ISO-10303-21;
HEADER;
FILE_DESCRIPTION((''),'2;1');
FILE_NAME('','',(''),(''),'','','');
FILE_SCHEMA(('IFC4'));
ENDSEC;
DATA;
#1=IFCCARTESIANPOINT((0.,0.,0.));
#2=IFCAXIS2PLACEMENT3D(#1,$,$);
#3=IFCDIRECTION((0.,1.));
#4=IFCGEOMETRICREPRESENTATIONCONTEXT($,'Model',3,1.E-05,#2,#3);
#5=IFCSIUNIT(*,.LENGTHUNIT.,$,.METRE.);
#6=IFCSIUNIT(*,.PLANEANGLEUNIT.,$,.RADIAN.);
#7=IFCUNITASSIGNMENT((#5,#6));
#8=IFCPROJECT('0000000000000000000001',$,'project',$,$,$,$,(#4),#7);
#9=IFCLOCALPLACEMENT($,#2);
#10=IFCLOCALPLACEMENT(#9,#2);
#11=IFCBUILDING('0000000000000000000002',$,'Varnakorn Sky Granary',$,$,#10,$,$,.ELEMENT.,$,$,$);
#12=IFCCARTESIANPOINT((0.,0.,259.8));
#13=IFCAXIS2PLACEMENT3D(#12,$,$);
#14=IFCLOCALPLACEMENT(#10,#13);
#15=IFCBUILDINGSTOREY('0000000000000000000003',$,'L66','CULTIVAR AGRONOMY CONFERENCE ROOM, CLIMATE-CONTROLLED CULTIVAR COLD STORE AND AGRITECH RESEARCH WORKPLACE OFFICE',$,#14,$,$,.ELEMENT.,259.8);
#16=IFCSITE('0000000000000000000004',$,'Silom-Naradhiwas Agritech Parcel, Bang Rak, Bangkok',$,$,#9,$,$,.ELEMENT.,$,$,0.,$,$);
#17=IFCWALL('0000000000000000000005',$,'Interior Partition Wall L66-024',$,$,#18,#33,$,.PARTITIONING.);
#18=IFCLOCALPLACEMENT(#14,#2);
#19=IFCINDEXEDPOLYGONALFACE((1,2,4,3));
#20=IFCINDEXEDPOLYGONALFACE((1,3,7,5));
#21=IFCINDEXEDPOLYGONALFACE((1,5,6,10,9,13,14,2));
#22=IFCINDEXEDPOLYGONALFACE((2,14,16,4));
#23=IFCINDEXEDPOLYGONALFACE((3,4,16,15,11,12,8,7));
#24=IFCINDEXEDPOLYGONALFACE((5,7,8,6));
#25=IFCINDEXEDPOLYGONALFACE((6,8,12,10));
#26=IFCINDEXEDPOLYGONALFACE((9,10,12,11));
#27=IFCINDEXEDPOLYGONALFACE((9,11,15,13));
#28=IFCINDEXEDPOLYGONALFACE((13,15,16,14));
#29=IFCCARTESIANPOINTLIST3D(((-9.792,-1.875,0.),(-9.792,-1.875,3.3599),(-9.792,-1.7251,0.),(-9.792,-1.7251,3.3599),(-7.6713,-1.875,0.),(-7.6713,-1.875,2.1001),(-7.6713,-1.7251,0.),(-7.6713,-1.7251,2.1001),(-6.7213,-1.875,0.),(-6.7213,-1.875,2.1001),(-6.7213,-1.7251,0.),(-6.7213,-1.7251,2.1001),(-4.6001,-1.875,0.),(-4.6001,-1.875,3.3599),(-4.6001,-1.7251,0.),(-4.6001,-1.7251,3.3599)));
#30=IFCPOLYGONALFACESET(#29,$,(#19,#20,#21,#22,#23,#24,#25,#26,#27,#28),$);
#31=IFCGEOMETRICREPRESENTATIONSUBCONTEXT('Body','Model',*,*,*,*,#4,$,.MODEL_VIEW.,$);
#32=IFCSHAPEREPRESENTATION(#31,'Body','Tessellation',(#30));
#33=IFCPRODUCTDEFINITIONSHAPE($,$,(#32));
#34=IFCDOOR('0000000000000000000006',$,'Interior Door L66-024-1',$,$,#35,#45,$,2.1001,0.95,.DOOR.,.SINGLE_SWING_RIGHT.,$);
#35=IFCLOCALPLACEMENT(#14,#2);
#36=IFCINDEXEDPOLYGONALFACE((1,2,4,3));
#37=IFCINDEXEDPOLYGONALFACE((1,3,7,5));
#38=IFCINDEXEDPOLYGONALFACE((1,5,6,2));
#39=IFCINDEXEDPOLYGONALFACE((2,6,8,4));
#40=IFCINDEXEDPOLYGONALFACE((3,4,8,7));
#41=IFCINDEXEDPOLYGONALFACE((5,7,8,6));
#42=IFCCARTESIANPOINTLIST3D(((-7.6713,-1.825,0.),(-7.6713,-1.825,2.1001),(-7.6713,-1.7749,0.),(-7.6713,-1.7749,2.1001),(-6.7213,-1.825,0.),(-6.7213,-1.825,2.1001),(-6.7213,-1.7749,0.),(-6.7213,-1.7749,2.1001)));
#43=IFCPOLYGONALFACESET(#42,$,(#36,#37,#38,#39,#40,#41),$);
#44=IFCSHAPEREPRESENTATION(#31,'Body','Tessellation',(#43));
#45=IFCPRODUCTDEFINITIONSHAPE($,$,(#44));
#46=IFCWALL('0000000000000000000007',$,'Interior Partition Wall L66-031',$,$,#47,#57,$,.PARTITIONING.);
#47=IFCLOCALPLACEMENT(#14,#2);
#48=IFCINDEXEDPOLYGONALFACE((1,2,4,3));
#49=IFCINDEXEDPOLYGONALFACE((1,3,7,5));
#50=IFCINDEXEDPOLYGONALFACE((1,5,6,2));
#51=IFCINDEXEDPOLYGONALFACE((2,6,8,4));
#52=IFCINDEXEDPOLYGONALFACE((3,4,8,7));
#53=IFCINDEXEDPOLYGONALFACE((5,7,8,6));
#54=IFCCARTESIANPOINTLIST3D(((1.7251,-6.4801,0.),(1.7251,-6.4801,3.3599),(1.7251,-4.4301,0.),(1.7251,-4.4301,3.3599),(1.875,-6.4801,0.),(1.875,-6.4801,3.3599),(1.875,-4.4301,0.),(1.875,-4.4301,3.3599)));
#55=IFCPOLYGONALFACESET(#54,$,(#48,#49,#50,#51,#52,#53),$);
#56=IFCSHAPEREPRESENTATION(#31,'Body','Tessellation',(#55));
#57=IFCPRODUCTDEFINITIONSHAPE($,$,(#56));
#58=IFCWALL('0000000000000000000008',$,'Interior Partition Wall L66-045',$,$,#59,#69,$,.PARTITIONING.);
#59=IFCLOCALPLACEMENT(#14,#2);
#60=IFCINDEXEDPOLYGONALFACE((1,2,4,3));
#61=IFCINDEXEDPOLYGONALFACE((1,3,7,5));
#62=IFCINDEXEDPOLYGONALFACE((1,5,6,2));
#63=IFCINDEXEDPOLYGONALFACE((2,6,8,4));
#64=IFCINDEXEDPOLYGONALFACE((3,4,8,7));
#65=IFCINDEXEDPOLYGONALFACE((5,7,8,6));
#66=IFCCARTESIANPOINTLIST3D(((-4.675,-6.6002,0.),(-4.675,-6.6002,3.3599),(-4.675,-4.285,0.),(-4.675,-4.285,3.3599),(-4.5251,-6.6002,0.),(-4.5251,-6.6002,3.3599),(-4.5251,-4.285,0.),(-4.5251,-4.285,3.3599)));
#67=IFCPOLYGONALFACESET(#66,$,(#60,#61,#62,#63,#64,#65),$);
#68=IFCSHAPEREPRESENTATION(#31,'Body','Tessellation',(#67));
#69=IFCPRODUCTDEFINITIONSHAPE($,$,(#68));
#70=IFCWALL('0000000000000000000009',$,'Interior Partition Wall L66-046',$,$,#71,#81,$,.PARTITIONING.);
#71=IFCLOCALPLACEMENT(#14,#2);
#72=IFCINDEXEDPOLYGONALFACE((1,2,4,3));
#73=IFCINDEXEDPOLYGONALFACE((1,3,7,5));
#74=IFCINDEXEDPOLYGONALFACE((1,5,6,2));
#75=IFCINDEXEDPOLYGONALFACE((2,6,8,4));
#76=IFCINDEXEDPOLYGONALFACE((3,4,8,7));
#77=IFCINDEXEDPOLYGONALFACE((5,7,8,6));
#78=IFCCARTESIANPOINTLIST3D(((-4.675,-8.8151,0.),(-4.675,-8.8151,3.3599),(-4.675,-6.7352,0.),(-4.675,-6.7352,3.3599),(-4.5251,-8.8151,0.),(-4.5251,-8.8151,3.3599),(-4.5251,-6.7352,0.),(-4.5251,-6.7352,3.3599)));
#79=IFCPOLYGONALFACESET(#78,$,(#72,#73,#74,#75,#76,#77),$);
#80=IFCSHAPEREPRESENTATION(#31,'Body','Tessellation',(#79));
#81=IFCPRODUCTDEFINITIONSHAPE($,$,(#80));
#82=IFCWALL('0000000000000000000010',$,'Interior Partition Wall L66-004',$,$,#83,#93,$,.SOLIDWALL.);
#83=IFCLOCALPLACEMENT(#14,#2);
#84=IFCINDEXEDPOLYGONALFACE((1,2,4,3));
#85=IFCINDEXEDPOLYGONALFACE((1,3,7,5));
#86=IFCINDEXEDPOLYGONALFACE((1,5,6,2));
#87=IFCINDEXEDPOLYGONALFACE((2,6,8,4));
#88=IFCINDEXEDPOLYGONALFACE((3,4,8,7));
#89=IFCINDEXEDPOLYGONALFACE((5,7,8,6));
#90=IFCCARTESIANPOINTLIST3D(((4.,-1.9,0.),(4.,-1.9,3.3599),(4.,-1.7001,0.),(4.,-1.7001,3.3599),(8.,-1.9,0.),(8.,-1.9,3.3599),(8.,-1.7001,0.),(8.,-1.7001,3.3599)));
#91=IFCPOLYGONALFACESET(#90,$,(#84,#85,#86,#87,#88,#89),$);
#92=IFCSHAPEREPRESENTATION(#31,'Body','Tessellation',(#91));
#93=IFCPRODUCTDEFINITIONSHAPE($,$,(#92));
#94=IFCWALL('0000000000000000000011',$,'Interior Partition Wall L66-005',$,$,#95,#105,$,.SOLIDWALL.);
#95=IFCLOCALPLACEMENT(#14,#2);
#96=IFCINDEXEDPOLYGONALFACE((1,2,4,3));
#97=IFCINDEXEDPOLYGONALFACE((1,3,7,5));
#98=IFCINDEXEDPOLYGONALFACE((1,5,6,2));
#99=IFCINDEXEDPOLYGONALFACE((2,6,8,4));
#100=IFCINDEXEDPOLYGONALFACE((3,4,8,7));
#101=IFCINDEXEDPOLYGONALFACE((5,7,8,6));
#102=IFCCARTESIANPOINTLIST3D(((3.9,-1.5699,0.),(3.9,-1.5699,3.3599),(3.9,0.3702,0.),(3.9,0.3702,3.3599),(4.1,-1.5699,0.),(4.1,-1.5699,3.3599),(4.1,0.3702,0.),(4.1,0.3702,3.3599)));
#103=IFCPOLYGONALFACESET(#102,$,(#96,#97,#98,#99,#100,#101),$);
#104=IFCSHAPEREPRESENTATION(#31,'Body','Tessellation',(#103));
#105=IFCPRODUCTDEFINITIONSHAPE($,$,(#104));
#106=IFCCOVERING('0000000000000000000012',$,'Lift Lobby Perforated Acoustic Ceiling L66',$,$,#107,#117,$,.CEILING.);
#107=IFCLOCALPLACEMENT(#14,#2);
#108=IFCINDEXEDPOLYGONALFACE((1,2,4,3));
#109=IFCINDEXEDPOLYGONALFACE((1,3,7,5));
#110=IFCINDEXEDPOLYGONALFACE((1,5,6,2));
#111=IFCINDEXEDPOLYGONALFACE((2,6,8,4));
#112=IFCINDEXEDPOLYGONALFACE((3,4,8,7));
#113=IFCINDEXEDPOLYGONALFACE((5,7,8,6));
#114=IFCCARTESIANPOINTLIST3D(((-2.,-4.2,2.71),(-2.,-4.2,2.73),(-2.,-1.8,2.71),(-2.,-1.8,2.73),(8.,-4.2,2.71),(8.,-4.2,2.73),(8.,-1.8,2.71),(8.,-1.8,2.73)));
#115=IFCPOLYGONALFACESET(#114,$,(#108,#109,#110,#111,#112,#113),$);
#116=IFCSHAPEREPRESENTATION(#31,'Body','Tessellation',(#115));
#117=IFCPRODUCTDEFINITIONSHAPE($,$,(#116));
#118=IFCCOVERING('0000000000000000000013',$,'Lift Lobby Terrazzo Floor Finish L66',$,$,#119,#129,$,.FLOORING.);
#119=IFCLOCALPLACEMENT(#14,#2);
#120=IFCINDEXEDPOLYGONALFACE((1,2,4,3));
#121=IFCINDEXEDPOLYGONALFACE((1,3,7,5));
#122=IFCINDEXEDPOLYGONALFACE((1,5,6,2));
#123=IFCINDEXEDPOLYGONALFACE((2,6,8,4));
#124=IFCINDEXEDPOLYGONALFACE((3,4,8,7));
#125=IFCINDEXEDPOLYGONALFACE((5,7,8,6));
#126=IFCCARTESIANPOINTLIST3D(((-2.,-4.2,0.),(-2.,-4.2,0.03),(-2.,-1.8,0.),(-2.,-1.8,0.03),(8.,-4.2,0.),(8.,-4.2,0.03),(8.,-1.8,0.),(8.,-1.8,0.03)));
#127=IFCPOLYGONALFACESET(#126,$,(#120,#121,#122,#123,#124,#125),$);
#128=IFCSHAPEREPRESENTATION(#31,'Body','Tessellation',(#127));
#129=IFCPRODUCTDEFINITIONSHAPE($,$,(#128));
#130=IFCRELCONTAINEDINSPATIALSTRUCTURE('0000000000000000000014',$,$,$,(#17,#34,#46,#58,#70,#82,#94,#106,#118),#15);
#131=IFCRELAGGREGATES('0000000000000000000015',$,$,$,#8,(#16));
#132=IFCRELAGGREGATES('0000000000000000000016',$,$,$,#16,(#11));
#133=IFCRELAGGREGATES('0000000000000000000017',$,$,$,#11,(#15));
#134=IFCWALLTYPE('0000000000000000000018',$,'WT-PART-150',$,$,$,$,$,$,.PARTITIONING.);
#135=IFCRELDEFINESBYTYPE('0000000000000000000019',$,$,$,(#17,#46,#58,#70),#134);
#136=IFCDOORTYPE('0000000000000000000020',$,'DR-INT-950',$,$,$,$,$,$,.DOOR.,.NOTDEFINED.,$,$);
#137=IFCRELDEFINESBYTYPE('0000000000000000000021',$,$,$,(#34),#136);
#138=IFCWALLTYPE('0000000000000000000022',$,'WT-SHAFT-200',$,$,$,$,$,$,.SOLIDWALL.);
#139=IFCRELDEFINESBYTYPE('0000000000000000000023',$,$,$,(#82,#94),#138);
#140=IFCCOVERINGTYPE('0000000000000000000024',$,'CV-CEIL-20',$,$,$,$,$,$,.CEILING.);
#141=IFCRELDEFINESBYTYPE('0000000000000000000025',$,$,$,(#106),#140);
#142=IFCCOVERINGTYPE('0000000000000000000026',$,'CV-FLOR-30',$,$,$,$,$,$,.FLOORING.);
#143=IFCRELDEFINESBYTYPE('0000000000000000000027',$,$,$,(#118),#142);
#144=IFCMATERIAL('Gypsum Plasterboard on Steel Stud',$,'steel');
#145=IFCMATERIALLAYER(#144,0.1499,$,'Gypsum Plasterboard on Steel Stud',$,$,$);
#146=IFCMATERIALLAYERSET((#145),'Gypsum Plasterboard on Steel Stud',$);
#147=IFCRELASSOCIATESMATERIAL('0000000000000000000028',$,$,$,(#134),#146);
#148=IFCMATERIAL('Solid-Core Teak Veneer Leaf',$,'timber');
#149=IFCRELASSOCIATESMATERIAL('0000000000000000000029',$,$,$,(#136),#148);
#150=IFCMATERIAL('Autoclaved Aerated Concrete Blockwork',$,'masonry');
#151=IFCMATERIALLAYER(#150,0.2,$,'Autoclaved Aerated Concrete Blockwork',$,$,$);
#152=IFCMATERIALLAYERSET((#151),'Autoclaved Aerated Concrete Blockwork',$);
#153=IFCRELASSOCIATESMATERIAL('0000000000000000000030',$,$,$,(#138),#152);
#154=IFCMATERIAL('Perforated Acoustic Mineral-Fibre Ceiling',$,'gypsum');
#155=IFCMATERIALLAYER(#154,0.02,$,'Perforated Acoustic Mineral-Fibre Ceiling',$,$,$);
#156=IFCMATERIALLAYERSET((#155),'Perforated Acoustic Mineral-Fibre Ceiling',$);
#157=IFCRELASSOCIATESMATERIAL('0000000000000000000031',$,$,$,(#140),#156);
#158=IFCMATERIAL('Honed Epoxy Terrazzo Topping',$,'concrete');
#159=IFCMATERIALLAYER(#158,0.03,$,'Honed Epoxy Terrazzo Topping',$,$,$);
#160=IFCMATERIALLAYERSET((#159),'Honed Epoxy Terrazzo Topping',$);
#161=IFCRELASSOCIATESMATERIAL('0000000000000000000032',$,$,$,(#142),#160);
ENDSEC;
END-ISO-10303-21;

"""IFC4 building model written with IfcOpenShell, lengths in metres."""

from ifc_helpers import new_model, si_unit, direction, frame, frame_2d, origin, place, context, subcontext, project, spatial, polyline, rectangle, outline, extrude, material, layer, layer_set, type_object, element, fill, save


model = new_model("IFC4")

# Units and contexts
model_context = context("Model", 3, precision=1e-05, world=origin(), true_north=direction((0.0, 1.0)))
body_context = subcontext(model_context, "Body", "Model", "MODEL_VIEW")
ifc_project = project(units=[si_unit("LENGTHUNIT", "METRE"), si_unit("PLANEANGLEUNIT", "RADIAN")], contexts=[model_context])

# Site, building, storey
site_placement = place(None, origin())
site = spatial("IfcSite", under=ifc_project, at=site_placement, Name="Silom-Naradhiwas Agritech Parcel, Bang Rak, Bangkok", CompositionType="ELEMENT", RefElevation=0.0)
building_placement = place(site_placement, origin())
building = spatial("IfcBuilding", under=site, at=building_placement, Name="Varnakorn Sky Granary", CompositionType="ELEMENT")
storey_placement = place(building_placement, frame((0.0, 0.0, 259.8)))
storey = spatial("IfcBuildingStorey", under=building, at=storey_placement, Name="L66", Description="CULTIVAR AGRONOMY CONFERENCE ROOM, CLIMATE-CONTROLLED CULTIVAR COLD STORE AND AGRITECH RESEARCH WORKPLACE OFFICE", CompositionType="ELEMENT", Elevation=259.8)

# Shared definitions
ifc_material_1 = material(Name="Autoclaved Aerated Concrete Blockwork", Category="masonry")

# Wall, opening, door
ifc_material_2 = material(Name="Gypsum Plasterboard on Steel Stud", Category="steel")
ifc_layer_1 = layer(ifc_material_2, 0.1499, Name="Gypsum Plasterboard on Steel Stud")
ifc_layer_set_1 = layer_set([ifc_layer_1], Name="Gypsum Plasterboard on Steel Stud")
wall_type_1 = type_object("IfcWallType", Name="WT-PART-150", PredefinedType="PARTITIONING", material=ifc_layer_set_1)
wall_1_placement = place(storey_placement, frame((-4.6001, -1.8, 0.0), z_axis=(0.0, 0.0, 1.0), x_axis=(-1.0, 0.0, 0.0)))
wall_1 = element("IfcWall", 1, at=wall_1_placement, inside=storey, type_object=wall_type_1, Name="Interior Partition Wall L66-024", PredefinedType="PARTITIONING", context=body_context, shape_type="SweptSolid", body=[
    extrude(rectangle(XDim=5.1919, YDim=0.1499, at=frame_2d((2.5959, 0.0))), origin(), (0.0, 0.0, 1.0), 3.3599),
])
opening_1_placement = place(wall_1_placement, frame((2.1211, 0.0, 0.0)))
opening_1 = element("IfcOpeningElement", 2, at=opening_1_placement, cuts=wall_1, PredefinedType="OPENING", context=body_context, shape_type="SweptSolid", body=[
    extrude(rectangle(XDim=0.95, YDim=2.1001, at=frame_2d((0.4751, 1.05))), frame((0.0, 0.085, 0.0), z_axis=(0.0, -1.0, 0.0), x_axis=(1.0, 0.0, 0.0)), (0.0, 0.0, 1.0), 0.1699),
])
ifc_material_3 = material(Name="Solid-Core Teak Veneer Leaf", Category="timber")
door_type_1 = type_object("IfcDoorType", Name="DR-INT-950", OperationType="NOTDEFINED", PredefinedType="DOOR", material=ifc_material_3)
door_1_placement = place(opening_1_placement, origin())
door_1 = element("IfcDoor", 3, at=door_1_placement, inside=storey, type_object=door_type_1, Name="Interior Door L66-024-1", OperationType="SINGLE_SWING_RIGHT", OverallHeight=2.1001, OverallWidth=0.95, PredefinedType="DOOR", context=body_context, shape_type="SweptSolid", body=[
    extrude(rectangle(XDim=0.95, YDim=2.1001, at=frame_2d((0.4751, 1.05))), frame((0.0, 0.0249, 0.0), z_axis=(0.0, -1.0, 0.0), x_axis=(1.0, 0.0, 0.0)), (0.0, 0.0, 1.0), 0.05),
])
fill(opening_1, door_1)

# Walls
wall_2_placement = place(storey_placement, frame((1.8, -6.48, 0.0), z_axis=(0.0, 0.0, 1.0), x_axis=(0.0, 1.0, 0.0)))
element("IfcWall", 4, at=wall_2_placement, inside=storey, type_object=wall_type_1, Name="Interior Partition Wall L66-031", PredefinedType="PARTITIONING", context=body_context, shape_type="SweptSolid", body=[
    extrude(rectangle(XDim=2.05, YDim=0.1499, at=frame_2d((1.0249, 0.0))), origin(), (0.0, 0.0, 1.0), 3.3599),
])
wall_3_placement = place(storey_placement, frame((-4.6001, -4.2849, 0.0), z_axis=(0.0, 0.0, 1.0), x_axis=(0.0, -1.0, 0.0)))
element("IfcWall", 5, at=wall_3_placement, inside=storey, type_object=wall_type_1, Name="Interior Partition Wall L66-045", PredefinedType="PARTITIONING", context=body_context, shape_type="SweptSolid", body=[
    extrude(rectangle(XDim=2.3152, YDim=0.1499, at=frame_2d((1.1577, 0.0))), origin(), (0.0, 0.0, 1.0), 3.3599),
])
wall_4_placement = place(storey_placement, frame((-4.6001, -6.7351, 0.0), z_axis=(0.0, 0.0, 1.0), x_axis=(0.0, -1.0, 0.0)))
element("IfcWall", 6, at=wall_4_placement, inside=storey, type_object=wall_type_1, Name="Interior Partition Wall L66-046", PredefinedType="PARTITIONING", context=body_context, shape_type="SweptSolid", body=[
    extrude(rectangle(XDim=2.0798, YDim=0.1499, at=frame_2d((1.04, 0.0))), origin(), (0.0, 0.0, 1.0), 3.3599),
])
ifc_layer_2 = layer(ifc_material_1, 0.2, Name="Autoclaved Aerated Concrete Blockwork")
ifc_layer_set_2 = layer_set([ifc_layer_2], Name="Autoclaved Aerated Concrete Blockwork")
wall_type_2 = type_object("IfcWallType", Name="WT-SHAFT-200", PredefinedType="SOLIDWALL", material=ifc_layer_set_2)
wall_5_placement = place(storey_placement, frame((4.0, -1.8, 0.0), z_axis=(0.0, 0.0, 1.0), x_axis=(1.0, 0.0, 0.0)))
element("IfcWall", 7, at=wall_5_placement, inside=storey, type_object=wall_type_2, Name="Interior Partition Wall L66-004", PredefinedType="SOLIDWALL", context=body_context, shape_type="SweptSolid", body=[
    extrude(rectangle(XDim=4.0, YDim=0.2, at=frame_2d((2.0, 0.0))), origin(), (0.0, 0.0, 1.0), 3.3599),
])
wall_6_placement = place(storey_placement, frame((4.0, -1.5701, 0.0), z_axis=(0.0, 0.0, 1.0), x_axis=(0.0, 1.0, 0.0)))
element("IfcWall", 8, at=wall_6_placement, inside=storey, type_object=wall_type_2, Name="Interior Partition Wall L66-005", PredefinedType="SOLIDWALL", context=body_context, shape_type="SweptSolid", body=[
    extrude(rectangle(XDim=1.9402, YDim=0.2, at=frame_2d((0.9702, 0.0))), origin(), (0.0, 0.0, 1.0), 3.3599),
])

# Coverings
ifc_material_4 = material(Name="Perforated Acoustic Mineral-Fibre Ceiling", Category="gypsum")
ifc_layer_3 = layer(ifc_material_4, 0.02, Name="Perforated Acoustic Mineral-Fibre Ceiling")
ifc_layer_set_3 = layer_set([ifc_layer_3], Name="Perforated Acoustic Mineral-Fibre Ceiling")
covering_type_1 = type_object("IfcCoveringType", Name="CV-CEIL-20", PredefinedType="CEILING", material=ifc_layer_set_3)
covering_1_placement = place(storey_placement, frame((0.0, 0.0, 2.71)))
element("IfcCovering", 9, at=covering_1_placement, inside=storey, type_object=covering_type_1, Name="Lift Lobby Perforated Acoustic Ceiling L66", PredefinedType="CEILING", context=body_context, shape_type="SweptSolid", body=[
    extrude(outline(polyline([(-2.0, -4.2), (8.0, -4.2), (8.0, -1.8), (-2.0, -1.8), (-2.0, -4.2)])), origin(), (0.0, 0.0, 1.0), 0.02),
])
ifc_material_5 = material(Name="Honed Epoxy Terrazzo Topping", Category="concrete")
ifc_layer_4 = layer(ifc_material_5, 0.03, Name="Honed Epoxy Terrazzo Topping")
ifc_layer_set_4 = layer_set([ifc_layer_4], Name="Honed Epoxy Terrazzo Topping")
covering_type_2 = type_object("IfcCoveringType", Name="CV-FLOR-30", PredefinedType="FLOORING", material=ifc_layer_set_4)
covering_2_placement = place(storey_placement, origin())
element("IfcCovering", 10, at=covering_2_placement, inside=storey, type_object=covering_type_2, Name="Lift Lobby Terrazzo Floor Finish L66", PredefinedType="FLOORING", context=body_context, shape_type="SweptSolid", body=[
    extrude(outline(polyline([(-2.0, -4.2), (8.0, -4.2), (8.0, -1.8), (-2.0, -1.8), (-2.0, -4.2)])), origin(), (0.0, 0.0, 1.0), 0.03),
])

save(model, "model.ifc")
